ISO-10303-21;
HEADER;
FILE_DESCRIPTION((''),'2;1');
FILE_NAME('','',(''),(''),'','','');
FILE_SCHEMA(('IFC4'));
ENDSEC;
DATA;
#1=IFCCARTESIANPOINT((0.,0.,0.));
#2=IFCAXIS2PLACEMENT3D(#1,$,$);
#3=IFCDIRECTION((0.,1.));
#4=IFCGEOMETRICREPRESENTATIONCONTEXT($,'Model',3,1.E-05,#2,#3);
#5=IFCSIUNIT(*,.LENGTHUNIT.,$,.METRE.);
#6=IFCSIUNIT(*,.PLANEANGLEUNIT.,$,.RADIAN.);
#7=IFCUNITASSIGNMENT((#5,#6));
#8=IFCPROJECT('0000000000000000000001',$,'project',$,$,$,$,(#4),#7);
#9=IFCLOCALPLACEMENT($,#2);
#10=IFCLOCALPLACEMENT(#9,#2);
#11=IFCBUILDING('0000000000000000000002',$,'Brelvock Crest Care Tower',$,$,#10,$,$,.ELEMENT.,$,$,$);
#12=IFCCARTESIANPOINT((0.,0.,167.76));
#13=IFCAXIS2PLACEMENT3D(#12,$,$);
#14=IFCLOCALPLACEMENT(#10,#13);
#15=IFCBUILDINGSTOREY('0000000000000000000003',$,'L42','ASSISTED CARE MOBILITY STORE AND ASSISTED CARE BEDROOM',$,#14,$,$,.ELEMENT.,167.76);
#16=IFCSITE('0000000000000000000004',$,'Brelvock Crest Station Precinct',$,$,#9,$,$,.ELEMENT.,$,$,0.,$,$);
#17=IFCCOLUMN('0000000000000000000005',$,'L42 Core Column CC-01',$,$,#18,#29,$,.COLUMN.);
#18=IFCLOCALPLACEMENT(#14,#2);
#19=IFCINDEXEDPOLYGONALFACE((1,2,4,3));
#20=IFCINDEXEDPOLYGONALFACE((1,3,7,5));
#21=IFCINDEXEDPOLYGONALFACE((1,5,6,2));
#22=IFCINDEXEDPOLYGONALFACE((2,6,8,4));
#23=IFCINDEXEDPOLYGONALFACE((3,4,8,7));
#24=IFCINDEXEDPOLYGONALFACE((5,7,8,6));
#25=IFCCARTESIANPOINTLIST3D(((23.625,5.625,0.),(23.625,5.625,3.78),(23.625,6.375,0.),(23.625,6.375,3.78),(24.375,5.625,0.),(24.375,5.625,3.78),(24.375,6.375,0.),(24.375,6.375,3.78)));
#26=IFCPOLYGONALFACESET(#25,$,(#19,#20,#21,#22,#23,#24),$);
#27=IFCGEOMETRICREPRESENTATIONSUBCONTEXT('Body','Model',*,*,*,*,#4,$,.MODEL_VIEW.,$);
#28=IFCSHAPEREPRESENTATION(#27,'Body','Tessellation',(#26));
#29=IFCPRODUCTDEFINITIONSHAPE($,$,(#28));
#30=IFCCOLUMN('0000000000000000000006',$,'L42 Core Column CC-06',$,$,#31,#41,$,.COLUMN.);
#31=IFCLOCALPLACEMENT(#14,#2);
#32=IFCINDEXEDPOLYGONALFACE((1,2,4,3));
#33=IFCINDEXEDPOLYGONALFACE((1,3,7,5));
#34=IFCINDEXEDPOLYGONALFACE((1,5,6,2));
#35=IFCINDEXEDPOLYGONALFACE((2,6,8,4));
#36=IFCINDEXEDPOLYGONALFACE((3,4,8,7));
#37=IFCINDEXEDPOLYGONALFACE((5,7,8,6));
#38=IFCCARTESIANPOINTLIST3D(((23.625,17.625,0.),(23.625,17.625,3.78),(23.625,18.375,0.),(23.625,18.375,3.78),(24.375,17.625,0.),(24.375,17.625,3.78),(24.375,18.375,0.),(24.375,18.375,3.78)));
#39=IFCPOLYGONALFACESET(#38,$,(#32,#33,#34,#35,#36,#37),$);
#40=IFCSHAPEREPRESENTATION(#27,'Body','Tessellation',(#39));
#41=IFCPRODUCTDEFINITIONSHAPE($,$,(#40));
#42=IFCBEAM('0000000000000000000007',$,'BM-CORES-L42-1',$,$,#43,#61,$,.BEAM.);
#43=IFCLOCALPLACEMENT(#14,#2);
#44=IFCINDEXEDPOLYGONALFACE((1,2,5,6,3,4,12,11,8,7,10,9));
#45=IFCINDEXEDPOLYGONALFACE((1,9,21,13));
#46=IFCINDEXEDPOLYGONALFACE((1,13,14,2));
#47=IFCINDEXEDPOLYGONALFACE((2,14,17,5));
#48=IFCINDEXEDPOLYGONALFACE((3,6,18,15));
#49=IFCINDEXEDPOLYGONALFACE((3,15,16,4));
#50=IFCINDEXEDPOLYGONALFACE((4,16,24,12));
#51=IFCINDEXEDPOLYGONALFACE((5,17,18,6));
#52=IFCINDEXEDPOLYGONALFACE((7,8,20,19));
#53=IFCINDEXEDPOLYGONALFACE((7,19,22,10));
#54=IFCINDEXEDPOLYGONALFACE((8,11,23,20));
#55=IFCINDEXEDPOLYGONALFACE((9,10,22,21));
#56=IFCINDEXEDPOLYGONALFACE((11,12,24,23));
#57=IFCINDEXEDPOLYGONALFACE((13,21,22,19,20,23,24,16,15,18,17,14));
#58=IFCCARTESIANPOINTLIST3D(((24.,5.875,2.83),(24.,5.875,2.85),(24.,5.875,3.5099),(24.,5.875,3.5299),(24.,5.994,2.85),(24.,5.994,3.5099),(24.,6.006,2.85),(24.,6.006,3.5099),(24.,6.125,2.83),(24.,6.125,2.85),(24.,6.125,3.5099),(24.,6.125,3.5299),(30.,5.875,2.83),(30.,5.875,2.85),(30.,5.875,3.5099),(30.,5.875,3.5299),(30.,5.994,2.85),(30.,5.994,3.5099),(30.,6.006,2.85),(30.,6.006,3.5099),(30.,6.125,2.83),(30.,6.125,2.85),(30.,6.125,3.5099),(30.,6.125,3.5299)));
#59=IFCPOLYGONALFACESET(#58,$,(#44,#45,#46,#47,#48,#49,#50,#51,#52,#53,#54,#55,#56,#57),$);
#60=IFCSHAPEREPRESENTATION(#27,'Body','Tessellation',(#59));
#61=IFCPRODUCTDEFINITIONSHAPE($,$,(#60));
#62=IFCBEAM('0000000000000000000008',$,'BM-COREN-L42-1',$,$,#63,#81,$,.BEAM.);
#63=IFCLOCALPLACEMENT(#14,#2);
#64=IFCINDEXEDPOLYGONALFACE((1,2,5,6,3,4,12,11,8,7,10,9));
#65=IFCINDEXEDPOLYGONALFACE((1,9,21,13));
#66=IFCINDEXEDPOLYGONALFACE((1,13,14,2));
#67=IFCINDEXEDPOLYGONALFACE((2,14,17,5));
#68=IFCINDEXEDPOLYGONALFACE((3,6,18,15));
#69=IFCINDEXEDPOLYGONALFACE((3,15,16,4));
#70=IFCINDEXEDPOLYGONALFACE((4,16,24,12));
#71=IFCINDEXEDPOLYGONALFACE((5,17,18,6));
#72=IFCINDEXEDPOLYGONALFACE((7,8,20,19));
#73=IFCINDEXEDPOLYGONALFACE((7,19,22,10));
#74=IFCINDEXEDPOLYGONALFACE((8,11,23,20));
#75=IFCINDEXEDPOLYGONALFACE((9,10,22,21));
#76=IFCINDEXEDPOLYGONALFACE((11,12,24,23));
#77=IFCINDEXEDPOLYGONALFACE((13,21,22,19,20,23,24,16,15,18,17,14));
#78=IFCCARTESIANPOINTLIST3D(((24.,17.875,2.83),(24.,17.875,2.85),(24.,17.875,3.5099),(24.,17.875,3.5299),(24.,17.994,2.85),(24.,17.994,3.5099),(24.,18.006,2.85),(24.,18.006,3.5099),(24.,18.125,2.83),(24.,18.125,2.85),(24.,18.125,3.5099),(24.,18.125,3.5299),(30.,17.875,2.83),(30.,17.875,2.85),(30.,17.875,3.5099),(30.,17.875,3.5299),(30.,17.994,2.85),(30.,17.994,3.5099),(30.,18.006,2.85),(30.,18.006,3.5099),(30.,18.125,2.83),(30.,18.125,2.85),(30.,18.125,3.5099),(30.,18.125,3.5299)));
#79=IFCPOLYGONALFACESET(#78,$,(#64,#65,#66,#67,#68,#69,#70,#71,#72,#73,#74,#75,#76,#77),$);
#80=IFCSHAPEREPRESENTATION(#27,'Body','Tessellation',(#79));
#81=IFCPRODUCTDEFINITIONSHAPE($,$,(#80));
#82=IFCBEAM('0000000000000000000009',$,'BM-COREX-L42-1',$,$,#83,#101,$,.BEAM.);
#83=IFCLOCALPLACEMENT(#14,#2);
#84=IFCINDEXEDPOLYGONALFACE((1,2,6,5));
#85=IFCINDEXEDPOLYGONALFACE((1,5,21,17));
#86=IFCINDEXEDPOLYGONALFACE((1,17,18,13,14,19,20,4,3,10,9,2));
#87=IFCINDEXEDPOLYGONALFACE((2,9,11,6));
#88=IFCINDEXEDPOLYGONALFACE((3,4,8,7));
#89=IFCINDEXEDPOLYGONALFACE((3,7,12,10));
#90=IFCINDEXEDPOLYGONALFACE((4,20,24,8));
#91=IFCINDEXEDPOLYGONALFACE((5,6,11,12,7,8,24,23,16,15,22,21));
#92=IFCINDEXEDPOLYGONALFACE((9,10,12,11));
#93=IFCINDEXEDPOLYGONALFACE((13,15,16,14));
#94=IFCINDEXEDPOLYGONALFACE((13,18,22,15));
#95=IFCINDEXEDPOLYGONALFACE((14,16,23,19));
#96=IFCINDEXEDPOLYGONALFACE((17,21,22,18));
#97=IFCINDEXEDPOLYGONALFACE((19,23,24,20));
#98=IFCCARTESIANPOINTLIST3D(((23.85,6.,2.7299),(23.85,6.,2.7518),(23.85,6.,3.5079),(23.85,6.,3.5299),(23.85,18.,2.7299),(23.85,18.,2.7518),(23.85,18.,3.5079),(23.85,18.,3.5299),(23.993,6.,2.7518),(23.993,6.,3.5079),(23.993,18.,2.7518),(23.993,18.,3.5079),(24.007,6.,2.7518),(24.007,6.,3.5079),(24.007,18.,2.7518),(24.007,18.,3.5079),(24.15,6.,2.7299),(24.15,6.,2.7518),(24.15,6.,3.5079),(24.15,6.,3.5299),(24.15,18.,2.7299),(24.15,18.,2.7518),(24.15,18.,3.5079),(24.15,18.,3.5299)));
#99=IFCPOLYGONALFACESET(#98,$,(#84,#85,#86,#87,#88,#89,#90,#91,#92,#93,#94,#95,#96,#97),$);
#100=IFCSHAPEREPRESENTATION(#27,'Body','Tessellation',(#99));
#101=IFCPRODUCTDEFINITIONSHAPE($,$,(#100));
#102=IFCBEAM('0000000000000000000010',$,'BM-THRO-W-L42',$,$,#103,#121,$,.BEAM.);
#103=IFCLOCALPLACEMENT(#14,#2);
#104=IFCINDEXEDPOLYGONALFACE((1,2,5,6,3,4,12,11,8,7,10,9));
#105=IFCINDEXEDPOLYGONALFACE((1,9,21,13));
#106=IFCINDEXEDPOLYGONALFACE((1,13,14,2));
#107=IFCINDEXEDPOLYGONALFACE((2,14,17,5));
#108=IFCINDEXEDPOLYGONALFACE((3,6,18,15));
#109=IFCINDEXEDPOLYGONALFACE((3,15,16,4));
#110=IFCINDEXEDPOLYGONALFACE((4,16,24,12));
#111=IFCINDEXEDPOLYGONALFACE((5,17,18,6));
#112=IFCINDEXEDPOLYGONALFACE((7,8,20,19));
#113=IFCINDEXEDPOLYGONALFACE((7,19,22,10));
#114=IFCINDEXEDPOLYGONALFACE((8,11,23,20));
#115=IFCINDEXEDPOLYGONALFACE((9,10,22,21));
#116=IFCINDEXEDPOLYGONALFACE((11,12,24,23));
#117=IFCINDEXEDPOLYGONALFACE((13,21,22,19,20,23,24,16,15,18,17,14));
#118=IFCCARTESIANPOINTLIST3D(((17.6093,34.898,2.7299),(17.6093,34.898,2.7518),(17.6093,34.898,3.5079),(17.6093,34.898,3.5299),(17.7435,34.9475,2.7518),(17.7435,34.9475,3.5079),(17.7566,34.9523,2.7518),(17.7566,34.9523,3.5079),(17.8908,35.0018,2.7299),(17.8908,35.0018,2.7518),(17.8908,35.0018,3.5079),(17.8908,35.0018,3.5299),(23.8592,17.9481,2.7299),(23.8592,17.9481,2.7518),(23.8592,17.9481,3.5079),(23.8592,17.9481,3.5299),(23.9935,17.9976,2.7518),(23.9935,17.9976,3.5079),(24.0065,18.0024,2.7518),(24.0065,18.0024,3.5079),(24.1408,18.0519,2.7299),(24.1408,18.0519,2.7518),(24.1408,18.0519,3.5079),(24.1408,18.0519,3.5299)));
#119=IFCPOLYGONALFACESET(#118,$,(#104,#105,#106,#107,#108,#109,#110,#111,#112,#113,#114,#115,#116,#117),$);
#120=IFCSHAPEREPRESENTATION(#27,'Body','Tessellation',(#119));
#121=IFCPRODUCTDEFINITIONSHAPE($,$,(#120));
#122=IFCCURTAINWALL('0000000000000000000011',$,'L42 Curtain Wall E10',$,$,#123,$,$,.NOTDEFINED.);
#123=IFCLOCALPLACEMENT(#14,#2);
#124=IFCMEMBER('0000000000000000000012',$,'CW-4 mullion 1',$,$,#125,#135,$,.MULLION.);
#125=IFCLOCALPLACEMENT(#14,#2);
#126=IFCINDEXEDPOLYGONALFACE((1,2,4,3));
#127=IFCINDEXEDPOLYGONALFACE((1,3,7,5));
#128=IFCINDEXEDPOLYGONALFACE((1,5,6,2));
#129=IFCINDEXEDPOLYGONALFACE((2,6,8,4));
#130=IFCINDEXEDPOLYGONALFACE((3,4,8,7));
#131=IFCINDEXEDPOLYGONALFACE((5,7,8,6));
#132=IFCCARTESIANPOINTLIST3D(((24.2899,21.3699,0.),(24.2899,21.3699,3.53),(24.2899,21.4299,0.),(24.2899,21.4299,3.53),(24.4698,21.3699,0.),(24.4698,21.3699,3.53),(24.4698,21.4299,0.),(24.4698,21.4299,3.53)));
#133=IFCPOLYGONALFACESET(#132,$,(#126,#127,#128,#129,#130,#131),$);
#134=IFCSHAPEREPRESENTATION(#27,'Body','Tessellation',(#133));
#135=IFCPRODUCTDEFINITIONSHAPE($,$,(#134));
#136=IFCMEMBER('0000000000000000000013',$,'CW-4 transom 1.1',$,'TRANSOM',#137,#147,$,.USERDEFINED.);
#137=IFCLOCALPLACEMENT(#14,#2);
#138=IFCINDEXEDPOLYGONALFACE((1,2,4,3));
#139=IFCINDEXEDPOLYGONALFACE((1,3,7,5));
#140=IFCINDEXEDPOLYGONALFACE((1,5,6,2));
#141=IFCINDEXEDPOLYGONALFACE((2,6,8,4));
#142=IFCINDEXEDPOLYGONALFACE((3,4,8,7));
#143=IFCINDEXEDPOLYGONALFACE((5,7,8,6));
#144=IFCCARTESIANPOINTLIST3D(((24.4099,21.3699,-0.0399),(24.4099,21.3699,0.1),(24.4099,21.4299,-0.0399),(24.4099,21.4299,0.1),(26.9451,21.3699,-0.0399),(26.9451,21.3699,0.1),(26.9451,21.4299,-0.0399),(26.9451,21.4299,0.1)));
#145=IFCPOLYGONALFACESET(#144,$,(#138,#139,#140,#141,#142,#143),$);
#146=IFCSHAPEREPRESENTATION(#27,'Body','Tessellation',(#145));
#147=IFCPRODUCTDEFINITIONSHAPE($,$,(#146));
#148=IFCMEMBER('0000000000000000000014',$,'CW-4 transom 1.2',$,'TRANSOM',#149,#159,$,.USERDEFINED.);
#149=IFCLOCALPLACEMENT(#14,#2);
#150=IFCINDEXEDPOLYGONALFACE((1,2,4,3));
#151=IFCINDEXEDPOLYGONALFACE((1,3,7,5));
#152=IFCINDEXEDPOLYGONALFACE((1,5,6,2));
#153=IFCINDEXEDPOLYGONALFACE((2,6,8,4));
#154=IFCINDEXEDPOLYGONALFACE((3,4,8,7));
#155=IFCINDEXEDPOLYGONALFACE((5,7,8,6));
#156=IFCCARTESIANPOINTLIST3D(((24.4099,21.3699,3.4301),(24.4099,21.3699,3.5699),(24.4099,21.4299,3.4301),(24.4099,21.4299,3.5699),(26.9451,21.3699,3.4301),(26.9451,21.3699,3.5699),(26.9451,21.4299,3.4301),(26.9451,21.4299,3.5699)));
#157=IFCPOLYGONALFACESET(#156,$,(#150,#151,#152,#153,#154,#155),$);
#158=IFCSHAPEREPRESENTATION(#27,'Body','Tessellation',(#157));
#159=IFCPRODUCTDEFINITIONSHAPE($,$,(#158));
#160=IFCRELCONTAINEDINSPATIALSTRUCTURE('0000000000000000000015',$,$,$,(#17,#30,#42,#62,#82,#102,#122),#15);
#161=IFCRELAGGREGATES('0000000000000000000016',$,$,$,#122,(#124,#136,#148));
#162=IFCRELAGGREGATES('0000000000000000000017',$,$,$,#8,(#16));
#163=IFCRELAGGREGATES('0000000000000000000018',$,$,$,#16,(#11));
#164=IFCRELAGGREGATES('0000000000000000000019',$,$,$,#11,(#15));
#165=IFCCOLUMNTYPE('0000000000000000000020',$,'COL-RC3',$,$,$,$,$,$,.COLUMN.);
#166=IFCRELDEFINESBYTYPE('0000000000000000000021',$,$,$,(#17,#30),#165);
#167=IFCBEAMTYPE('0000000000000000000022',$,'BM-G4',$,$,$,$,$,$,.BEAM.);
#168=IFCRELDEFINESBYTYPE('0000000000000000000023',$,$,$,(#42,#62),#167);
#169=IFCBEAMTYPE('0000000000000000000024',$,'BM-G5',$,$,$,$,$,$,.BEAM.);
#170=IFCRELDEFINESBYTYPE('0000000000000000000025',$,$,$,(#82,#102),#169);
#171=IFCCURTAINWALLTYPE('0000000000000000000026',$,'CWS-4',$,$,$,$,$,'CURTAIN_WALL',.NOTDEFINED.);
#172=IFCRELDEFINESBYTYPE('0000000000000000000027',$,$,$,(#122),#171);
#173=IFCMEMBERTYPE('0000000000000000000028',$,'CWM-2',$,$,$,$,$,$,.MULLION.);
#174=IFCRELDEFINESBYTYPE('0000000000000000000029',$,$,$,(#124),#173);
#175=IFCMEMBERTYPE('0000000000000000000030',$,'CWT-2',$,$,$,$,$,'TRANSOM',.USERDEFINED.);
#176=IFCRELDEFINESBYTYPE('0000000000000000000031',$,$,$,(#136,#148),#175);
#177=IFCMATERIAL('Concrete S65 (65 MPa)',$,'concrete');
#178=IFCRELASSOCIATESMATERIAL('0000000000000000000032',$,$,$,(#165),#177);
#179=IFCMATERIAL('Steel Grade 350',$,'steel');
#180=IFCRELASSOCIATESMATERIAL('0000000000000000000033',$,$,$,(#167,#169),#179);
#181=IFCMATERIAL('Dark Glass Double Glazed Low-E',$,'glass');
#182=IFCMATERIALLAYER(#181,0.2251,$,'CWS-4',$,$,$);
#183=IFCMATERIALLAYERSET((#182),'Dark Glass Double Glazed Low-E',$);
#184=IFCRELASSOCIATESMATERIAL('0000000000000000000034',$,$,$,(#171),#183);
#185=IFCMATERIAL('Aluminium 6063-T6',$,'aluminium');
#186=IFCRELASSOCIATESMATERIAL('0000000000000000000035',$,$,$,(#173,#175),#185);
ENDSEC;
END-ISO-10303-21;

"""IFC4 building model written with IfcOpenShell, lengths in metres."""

from ifc_helpers import new_model, si_unit, direction, frame, origin, origin_2d, place, context, subcontext, project, spatial, rectangle, i_section, extrude, source, transform, mapped, material, layer, layer_set, material_profile, profile_set, type_object, element, aggregate, save


model = new_model("IFC4")

# Units and contexts
model_context = context("Model", 3, precision=1e-05, world=origin(), true_north=direction((0.0, 1.0)))
body_context = subcontext(model_context, "Body", "Model", "MODEL_VIEW")
ifc_project = project(units=[si_unit("LENGTHUNIT", "METRE"), si_unit("PLANEANGLEUNIT", "RADIAN")], contexts=[model_context])

# Site, building, storey
site_placement = place(None, origin())
site = spatial("IfcSite", under=ifc_project, at=site_placement, Name="Brelvock Crest Station Precinct", CompositionType="ELEMENT", RefElevation=0.0)
building_placement = place(site_placement, origin())
building = spatial("IfcBuilding", under=site, at=building_placement, Name="Brelvock Crest Care Tower", CompositionType="ELEMENT")
storey_placement = place(building_placement, frame((0.0, 0.0, 167.76)))
storey = spatial("IfcBuildingStorey", under=building, at=storey_placement, Name="L42", Description="ASSISTED CARE MOBILITY STORE AND ASSISTED CARE BEDROOM", CompositionType="ELEMENT", Elevation=167.76)

# Columns
ifc_material_1 = material(Name="Concrete S65 (65 MPa)", Category="concrete")
ifc_material_profile_1 = material_profile(ifc_material_1, rectangle(XDim=0.75, YDim=0.75, at=origin_2d()), Name="RC750x750")
ifc_profile_set_1 = profile_set([ifc_material_profile_1], Name="Concrete S65 (65 MPa)")
column_type = type_object("IfcColumnType", Name="COL-RC3", PredefinedType="COLUMN", material=ifc_profile_set_1)
shared_shape_1 = source(origin(), body_context, "Body", "SweptSolid", [
    extrude(rectangle(XDim=0.75, YDim=0.75, at=origin_2d()), origin(), (0.0, 0.0, 1.0), 3.78),
])
for number, where, z_axis, x_axis, name in (
    (1, (24.0, 6.0, 0.0), (0.0, 0.0, 1.0), (1.0, 0.0, 0.0), "L42 Core Column CC-01"),
    (2, (24.0, 18.0, 0.0), (0.0, 0.0, 1.0), (1.0, 0.0, 0.0), "L42 Core Column CC-06"),
):
    element("IfcColumn", number, at=place(storey_placement, frame(where, z_axis=z_axis, x_axis=x_axis)), inside=storey, type_object=column_type, Name=name, PredefinedType="COLUMN", context=body_context, shape_type="MappedRepresentation", body=[
        mapped(shared_shape_1, transform((0.0, 0.0, 0.0), x_axis=(1.0, 0.0, 0.0), y_axis=(0.0, 1.0, 0.0), z_axis=(0.0, 0.0, 1.0), scale=1.0)),
    ])

# Beams
ifc_material_2 = material(Name="Steel Grade 350", Category="steel")
ifc_material_profile_2 = material_profile(ifc_material_2, i_section(OverallWidth=0.25, OverallDepth=0.7, WebThickness=0.012, FlangeThickness=0.02, at=origin_2d()), Name="700WB150")
ifc_profile_set_2 = profile_set([ifc_material_profile_2], Name="Steel Grade 350")
beam_type_1 = type_object("IfcBeamType", Name="BM-G4", PredefinedType="BEAM", material=ifc_profile_set_2)
shared_shape_2 = source(origin(), body_context, "Body", "SweptSolid", [
    extrude(i_section(OverallWidth=0.25, OverallDepth=0.7, WebThickness=0.012, FlangeThickness=0.02, at=origin_2d()), origin(), (0.0, 0.0, 1.0), 6.0),
])
for number, where, z_axis, x_axis, name in (
    (3, (24.0, 6.0, 3.1799), (1.0, 0.0, 0.0), (0.0, 1.0, 0.0), "BM-CORES-L42-1"),
    (4, (24.0, 18.0, 3.1799), (1.0, 0.0, 0.0), (0.0, 1.0, 0.0), "BM-COREN-L42-1"),
):
    element("IfcBeam", number, at=place(storey_placement, frame(where, z_axis=z_axis, x_axis=x_axis)), inside=storey, type_object=beam_type_1, Name=name, PredefinedType="BEAM", context=body_context, shape_type="MappedRepresentation", body=[
        mapped(shared_shape_2, transform((0.0, 0.0, 0.0), x_axis=(1.0, 0.0, 0.0), y_axis=(0.0, 1.0, 0.0), z_axis=(0.0, 0.0, 1.0), scale=1.0)),
    ])
ifc_material_profile_3 = material_profile(ifc_material_2, i_section(OverallWidth=0.3, OverallDepth=0.8, WebThickness=0.0139, FlangeThickness=0.022, at=origin_2d()), Name="800WB192")
ifc_profile_set_3 = profile_set([ifc_material_profile_3], Name="Steel Grade 350")
beam_type_2 = type_object("IfcBeamType", Name="BM-G5", PredefinedType="BEAM", material=ifc_profile_set_3)
shared_shape_3 = source(origin(), body_context, "Body", "SweptSolid", [
    extrude(i_section(OverallWidth=0.3, OverallDepth=0.8, WebThickness=0.0139, FlangeThickness=0.022, at=origin_2d()), origin(), (0.0, 0.0, 1.0), 12.0),
])
beam_1_placement = place(storey_placement, frame((24.0, 6.0, 3.1299), z_axis=(0.0, 1.0, 0.0), x_axis=(-1.0, 0.0, 0.0)))
element("IfcBeam", 5, at=beam_1_placement, inside=storey, type_object=beam_type_2, Name="BM-COREX-L42-1", PredefinedType="BEAM", context=body_context, shape_type="MappedRepresentation", body=[
    mapped(shared_shape_3, transform((0.0, 0.0, 0.0), x_axis=(1.0, 0.0, 0.0), y_axis=(0.0, 1.0, 0.0), z_axis=(0.0, 0.0, 1.0), scale=1.0)),
])
shared_shape_4 = source(origin(), body_context, "Body", "SweptSolid", [
    extrude(i_section(OverallWidth=0.3, OverallDepth=0.8, WebThickness=0.0139, FlangeThickness=0.022, at=origin_2d()), origin(), (0.0, 0.0, 1.0), 18.0654),
])
beam_2_placement = place(storey_placement, frame((24.0, 18.0, 3.1299), z_axis=(-0.345963, 0.938248, 0.0), x_axis=(-0.938248, -0.345963, 0.0)))
element("IfcBeam", 6, at=beam_2_placement, inside=storey, type_object=beam_type_2, Name="BM-THRO-W-L42", PredefinedType="BEAM", context=body_context, shape_type="MappedRepresentation", body=[
    mapped(shared_shape_4, transform((0.0, 0.0, 0.0), x_axis=(1.0, 0.0, 0.0), y_axis=(0.0, 1.0, 0.0), z_axis=(0.0, 0.0, 1.0), scale=1.0)),
])

# Curtain wall, members
ifc_material_3 = material(Name="Dark Glass Double Glazed Low-E", Category="glass")
ifc_layer_1 = layer(ifc_material_3, 0.2251, Name="CWS-4")
ifc_layer_set_1 = layer_set([ifc_layer_1], Name="Dark Glass Double Glazed Low-E")
curtain_wall_type = type_object("IfcCurtainWallType", Name="CWS-4", ElementType="CURTAIN_WALL", PredefinedType="NOTDEFINED", material=ifc_layer_set_1)
curtain_wall_placement = place(storey_placement, origin())
curtain_wall = element("IfcCurtainWall", 7, at=curtain_wall_placement, inside=storey, type_object=curtain_wall_type, Name="L42 Curtain Wall E10", PredefinedType="NOTDEFINED")
ifc_material_4 = material(Name="Aluminium 6063-T6", Category="aluminium")
ifc_material_profile_4 = material_profile(ifc_material_4, rectangle(XDim=0.0601, YDim=0.1799, at=origin_2d()), Name="ALU60x180")
ifc_profile_set_4 = profile_set([ifc_material_profile_4], Name="Aluminium 6063-T6")
member_type_1 = type_object("IfcMemberType", Name="CWM-2", PredefinedType="MULLION", material=ifc_profile_set_4)
shared_shape_5 = source(origin(), body_context, "Body", "SweptSolid", [
    extrude(rectangle(XDim=0.0601, YDim=0.1799, at=origin_2d()), origin(), (0.0, 0.0, 1.0), 3.53),
])
member_1_placement = place(storey_placement, frame((24.3799, 21.3999, 0.0), z_axis=(0.0, 0.0, 1.0), x_axis=(0.0, 1.0, 0.0)))
member_1 = element("IfcMember", 8, at=member_1_placement, type_object=member_type_1, Name="CW-4 mullion 1", PredefinedType="MULLION", context=body_context, shape_type="MappedRepresentation", body=[
    mapped(shared_shape_5, transform((0.0, 0.0, 0.0), x_axis=(1.0, 0.0, 0.0), y_axis=(0.0, 1.0, 0.0), z_axis=(0.0, 0.0, 1.0), scale=1.0)),
])
ifc_material_profile_5 = material_profile(ifc_material_4, rectangle(XDim=0.0601, YDim=0.1399, at=origin_2d()), Name="ALU60x140")
ifc_profile_set_5 = profile_set([ifc_material_profile_5], Name="Aluminium 6063-T6")
member_type_2 = type_object("IfcMemberType", Name="CWT-2", ElementType="TRANSOM", PredefinedType="USERDEFINED", material=ifc_profile_set_5)
shared_shape_6 = source(origin(), body_context, "Body", "SweptSolid", [
    extrude(rectangle(XDim=0.0601, YDim=0.1399, at=origin_2d()), origin(), (0.0, 0.0, 1.0), 2.5352),
])
member_2_placement = place(storey_placement, frame((24.4099, 21.3999, 0.03), z_axis=(1.0, 0.0, 0.0), x_axis=(0.0, 1.0, 0.0)))
member_2 = element("IfcMember", 9, at=member_2_placement, type_object=member_type_2, Name="CW-4 transom 1.1", ObjectType="TRANSOM", PredefinedType="USERDEFINED", context=body_context, shape_type="MappedRepresentation", body=[
    mapped(shared_shape_6, transform((0.0, 0.0, 0.0), x_axis=(1.0, 0.0, 0.0), y_axis=(0.0, 1.0, 0.0), z_axis=(0.0, 0.0, 1.0), scale=1.0)),
])
member_3_placement = place(storey_placement, frame((24.4099, 21.3999, 3.5), z_axis=(1.0, 0.0, 0.0), x_axis=(0.0, 1.0, 0.0)))
member_3 = element("IfcMember", 10, at=member_3_placement, type_object=member_type_2, Name="CW-4 transom 1.2", ObjectType="TRANSOM", PredefinedType="USERDEFINED", context=body_context, shape_type="MappedRepresentation", body=[
    mapped(shared_shape_6, transform((0.0, 0.0, 0.0), x_axis=(1.0, 0.0, 0.0), y_axis=(0.0, 1.0, 0.0), z_axis=(0.0, 0.0, 1.0), scale=1.0)),
])

aggregate(curtain_wall, [member_1, member_2, member_3])

save(model, "model.ifc")
